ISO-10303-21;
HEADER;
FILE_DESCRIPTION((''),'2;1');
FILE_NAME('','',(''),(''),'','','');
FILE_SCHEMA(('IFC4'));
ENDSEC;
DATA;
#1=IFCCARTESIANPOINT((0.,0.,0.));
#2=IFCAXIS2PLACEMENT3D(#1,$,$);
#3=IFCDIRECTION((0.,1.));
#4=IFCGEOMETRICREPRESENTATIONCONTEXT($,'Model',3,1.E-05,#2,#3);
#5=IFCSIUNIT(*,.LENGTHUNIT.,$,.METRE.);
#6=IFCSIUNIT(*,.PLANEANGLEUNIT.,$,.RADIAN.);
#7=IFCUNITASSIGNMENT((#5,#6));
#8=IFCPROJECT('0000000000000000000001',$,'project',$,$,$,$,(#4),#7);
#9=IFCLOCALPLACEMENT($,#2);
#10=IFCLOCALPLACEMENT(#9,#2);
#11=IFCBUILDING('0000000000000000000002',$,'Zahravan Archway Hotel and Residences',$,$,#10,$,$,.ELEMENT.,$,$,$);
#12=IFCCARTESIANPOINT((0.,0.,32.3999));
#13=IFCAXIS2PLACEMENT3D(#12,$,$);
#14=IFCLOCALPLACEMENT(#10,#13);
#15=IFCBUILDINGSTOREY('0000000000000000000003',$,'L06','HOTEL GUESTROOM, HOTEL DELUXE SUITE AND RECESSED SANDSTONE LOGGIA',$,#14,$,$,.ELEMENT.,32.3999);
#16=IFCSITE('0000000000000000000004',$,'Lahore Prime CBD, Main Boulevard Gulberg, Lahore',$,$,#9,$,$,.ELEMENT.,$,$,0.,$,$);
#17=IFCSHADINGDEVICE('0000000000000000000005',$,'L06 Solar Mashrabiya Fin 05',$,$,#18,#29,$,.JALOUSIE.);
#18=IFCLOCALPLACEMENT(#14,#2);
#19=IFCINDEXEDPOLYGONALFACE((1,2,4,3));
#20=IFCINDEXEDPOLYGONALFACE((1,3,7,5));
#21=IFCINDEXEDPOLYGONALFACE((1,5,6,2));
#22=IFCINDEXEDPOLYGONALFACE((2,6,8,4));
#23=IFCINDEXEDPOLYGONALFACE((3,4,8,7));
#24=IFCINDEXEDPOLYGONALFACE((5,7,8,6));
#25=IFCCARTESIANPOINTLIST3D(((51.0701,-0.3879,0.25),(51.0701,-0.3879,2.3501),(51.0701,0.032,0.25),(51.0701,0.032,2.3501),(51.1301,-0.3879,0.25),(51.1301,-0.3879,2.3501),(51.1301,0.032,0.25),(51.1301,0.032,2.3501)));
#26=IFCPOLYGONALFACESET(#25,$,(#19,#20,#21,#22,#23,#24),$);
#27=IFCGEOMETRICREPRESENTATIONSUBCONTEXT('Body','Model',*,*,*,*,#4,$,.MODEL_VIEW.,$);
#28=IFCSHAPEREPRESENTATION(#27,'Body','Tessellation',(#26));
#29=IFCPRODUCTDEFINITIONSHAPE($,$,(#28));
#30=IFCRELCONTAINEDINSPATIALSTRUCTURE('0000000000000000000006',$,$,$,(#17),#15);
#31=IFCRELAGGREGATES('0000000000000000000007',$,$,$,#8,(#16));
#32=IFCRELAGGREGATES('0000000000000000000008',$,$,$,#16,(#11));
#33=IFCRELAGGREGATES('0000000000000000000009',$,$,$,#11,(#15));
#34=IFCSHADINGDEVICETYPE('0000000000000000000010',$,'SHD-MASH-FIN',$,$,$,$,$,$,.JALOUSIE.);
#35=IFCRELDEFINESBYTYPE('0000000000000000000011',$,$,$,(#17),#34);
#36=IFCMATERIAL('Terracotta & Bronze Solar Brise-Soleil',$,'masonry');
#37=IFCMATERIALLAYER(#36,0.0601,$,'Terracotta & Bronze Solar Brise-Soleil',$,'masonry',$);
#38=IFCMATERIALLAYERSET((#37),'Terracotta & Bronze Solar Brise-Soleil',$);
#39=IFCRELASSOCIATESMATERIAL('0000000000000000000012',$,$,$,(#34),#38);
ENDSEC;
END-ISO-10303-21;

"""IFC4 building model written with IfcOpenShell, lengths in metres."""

from ifc_helpers import new_model, si_unit, direction, frame, origin, origin_2d, place, context, subcontext, project, spatial, rectangle, extrude, source, transform, mapped, material, layer, layer_set, type_object, type_shapes, element, save


model = new_model("IFC4")

# Units and contexts
model_context = context("Model", 3, precision=1e-05, world=origin(), true_north=direction((0.0, 1.0)))
body_context = subcontext(model_context, "Body", "Model", "MODEL_VIEW")
ifc_project = project(units=[si_unit("LENGTHUNIT", "METRE"), si_unit("PLANEANGLEUNIT", "RADIAN")], contexts=[model_context])

# Site, building, storey
site_placement = place(None, origin())
site = spatial("IfcSite", under=ifc_project, at=site_placement, Name="Lahore Prime CBD, Main Boulevard Gulberg, Lahore", CompositionType="ELEMENT", RefElevation=0.0)
building_placement = place(site_placement, origin())
building = spatial("IfcBuilding", under=site, at=building_placement, Name="Zahravan Archway Hotel and Residences", CompositionType="ELEMENT")
storey_placement = place(building_placement, frame((0.0, 0.0, 32.3999)))
storey = spatial("IfcBuildingStorey", under=building, at=storey_placement, Name="L06", Description="HOTEL GUESTROOM, HOTEL DELUXE SUITE AND RECESSED SANDSTONE LOGGIA", CompositionType="ELEMENT", Elevation=32.3999)

# Shading device
ifc_material_1 = material(Name="Terracotta & Bronze Solar Brise-Soleil", Category="masonry")
ifc_layer_1 = layer(ifc_material_1, 0.0601, Name="Terracotta & Bronze Solar Brise-Soleil", Category="masonry")
ifc_layer_set_1 = layer_set([ifc_layer_1], Name="Terracotta & Bronze Solar Brise-Soleil")
shading_device_type = type_object("IfcShadingDeviceType", Name="SHD-MASH-FIN", PredefinedType="JALOUSIE", material=ifc_layer_set_1)
shared_shape_1 = source(origin(), body_context, "Body", "SweptSolid", [
    extrude(rectangle(XDim=0.0601, YDim=0.4199, at=origin_2d()), origin(), (0.0, 0.0, 1.0), 2.1001),
])
type_shapes(shading_device_type, [shared_shape_1])
shading_device_placement = place(storey_placement, frame((51.1001, -0.178, 0.25), z_axis=(0.0, 0.0, 1.0), x_axis=(1.0, 0.0, 0.0)))
element("IfcShadingDevice", 1, at=shading_device_placement, inside=storey, type_object=shading_device_type, Name="L06 Solar Mashrabiya Fin 05", PredefinedType="JALOUSIE", context=body_context, shape_type="MappedRepresentation", body=[
    mapped(shared_shape_1, transform((0.0, 0.0, 0.0), scale=1.0)),
])

save(model, "model.ifc")
